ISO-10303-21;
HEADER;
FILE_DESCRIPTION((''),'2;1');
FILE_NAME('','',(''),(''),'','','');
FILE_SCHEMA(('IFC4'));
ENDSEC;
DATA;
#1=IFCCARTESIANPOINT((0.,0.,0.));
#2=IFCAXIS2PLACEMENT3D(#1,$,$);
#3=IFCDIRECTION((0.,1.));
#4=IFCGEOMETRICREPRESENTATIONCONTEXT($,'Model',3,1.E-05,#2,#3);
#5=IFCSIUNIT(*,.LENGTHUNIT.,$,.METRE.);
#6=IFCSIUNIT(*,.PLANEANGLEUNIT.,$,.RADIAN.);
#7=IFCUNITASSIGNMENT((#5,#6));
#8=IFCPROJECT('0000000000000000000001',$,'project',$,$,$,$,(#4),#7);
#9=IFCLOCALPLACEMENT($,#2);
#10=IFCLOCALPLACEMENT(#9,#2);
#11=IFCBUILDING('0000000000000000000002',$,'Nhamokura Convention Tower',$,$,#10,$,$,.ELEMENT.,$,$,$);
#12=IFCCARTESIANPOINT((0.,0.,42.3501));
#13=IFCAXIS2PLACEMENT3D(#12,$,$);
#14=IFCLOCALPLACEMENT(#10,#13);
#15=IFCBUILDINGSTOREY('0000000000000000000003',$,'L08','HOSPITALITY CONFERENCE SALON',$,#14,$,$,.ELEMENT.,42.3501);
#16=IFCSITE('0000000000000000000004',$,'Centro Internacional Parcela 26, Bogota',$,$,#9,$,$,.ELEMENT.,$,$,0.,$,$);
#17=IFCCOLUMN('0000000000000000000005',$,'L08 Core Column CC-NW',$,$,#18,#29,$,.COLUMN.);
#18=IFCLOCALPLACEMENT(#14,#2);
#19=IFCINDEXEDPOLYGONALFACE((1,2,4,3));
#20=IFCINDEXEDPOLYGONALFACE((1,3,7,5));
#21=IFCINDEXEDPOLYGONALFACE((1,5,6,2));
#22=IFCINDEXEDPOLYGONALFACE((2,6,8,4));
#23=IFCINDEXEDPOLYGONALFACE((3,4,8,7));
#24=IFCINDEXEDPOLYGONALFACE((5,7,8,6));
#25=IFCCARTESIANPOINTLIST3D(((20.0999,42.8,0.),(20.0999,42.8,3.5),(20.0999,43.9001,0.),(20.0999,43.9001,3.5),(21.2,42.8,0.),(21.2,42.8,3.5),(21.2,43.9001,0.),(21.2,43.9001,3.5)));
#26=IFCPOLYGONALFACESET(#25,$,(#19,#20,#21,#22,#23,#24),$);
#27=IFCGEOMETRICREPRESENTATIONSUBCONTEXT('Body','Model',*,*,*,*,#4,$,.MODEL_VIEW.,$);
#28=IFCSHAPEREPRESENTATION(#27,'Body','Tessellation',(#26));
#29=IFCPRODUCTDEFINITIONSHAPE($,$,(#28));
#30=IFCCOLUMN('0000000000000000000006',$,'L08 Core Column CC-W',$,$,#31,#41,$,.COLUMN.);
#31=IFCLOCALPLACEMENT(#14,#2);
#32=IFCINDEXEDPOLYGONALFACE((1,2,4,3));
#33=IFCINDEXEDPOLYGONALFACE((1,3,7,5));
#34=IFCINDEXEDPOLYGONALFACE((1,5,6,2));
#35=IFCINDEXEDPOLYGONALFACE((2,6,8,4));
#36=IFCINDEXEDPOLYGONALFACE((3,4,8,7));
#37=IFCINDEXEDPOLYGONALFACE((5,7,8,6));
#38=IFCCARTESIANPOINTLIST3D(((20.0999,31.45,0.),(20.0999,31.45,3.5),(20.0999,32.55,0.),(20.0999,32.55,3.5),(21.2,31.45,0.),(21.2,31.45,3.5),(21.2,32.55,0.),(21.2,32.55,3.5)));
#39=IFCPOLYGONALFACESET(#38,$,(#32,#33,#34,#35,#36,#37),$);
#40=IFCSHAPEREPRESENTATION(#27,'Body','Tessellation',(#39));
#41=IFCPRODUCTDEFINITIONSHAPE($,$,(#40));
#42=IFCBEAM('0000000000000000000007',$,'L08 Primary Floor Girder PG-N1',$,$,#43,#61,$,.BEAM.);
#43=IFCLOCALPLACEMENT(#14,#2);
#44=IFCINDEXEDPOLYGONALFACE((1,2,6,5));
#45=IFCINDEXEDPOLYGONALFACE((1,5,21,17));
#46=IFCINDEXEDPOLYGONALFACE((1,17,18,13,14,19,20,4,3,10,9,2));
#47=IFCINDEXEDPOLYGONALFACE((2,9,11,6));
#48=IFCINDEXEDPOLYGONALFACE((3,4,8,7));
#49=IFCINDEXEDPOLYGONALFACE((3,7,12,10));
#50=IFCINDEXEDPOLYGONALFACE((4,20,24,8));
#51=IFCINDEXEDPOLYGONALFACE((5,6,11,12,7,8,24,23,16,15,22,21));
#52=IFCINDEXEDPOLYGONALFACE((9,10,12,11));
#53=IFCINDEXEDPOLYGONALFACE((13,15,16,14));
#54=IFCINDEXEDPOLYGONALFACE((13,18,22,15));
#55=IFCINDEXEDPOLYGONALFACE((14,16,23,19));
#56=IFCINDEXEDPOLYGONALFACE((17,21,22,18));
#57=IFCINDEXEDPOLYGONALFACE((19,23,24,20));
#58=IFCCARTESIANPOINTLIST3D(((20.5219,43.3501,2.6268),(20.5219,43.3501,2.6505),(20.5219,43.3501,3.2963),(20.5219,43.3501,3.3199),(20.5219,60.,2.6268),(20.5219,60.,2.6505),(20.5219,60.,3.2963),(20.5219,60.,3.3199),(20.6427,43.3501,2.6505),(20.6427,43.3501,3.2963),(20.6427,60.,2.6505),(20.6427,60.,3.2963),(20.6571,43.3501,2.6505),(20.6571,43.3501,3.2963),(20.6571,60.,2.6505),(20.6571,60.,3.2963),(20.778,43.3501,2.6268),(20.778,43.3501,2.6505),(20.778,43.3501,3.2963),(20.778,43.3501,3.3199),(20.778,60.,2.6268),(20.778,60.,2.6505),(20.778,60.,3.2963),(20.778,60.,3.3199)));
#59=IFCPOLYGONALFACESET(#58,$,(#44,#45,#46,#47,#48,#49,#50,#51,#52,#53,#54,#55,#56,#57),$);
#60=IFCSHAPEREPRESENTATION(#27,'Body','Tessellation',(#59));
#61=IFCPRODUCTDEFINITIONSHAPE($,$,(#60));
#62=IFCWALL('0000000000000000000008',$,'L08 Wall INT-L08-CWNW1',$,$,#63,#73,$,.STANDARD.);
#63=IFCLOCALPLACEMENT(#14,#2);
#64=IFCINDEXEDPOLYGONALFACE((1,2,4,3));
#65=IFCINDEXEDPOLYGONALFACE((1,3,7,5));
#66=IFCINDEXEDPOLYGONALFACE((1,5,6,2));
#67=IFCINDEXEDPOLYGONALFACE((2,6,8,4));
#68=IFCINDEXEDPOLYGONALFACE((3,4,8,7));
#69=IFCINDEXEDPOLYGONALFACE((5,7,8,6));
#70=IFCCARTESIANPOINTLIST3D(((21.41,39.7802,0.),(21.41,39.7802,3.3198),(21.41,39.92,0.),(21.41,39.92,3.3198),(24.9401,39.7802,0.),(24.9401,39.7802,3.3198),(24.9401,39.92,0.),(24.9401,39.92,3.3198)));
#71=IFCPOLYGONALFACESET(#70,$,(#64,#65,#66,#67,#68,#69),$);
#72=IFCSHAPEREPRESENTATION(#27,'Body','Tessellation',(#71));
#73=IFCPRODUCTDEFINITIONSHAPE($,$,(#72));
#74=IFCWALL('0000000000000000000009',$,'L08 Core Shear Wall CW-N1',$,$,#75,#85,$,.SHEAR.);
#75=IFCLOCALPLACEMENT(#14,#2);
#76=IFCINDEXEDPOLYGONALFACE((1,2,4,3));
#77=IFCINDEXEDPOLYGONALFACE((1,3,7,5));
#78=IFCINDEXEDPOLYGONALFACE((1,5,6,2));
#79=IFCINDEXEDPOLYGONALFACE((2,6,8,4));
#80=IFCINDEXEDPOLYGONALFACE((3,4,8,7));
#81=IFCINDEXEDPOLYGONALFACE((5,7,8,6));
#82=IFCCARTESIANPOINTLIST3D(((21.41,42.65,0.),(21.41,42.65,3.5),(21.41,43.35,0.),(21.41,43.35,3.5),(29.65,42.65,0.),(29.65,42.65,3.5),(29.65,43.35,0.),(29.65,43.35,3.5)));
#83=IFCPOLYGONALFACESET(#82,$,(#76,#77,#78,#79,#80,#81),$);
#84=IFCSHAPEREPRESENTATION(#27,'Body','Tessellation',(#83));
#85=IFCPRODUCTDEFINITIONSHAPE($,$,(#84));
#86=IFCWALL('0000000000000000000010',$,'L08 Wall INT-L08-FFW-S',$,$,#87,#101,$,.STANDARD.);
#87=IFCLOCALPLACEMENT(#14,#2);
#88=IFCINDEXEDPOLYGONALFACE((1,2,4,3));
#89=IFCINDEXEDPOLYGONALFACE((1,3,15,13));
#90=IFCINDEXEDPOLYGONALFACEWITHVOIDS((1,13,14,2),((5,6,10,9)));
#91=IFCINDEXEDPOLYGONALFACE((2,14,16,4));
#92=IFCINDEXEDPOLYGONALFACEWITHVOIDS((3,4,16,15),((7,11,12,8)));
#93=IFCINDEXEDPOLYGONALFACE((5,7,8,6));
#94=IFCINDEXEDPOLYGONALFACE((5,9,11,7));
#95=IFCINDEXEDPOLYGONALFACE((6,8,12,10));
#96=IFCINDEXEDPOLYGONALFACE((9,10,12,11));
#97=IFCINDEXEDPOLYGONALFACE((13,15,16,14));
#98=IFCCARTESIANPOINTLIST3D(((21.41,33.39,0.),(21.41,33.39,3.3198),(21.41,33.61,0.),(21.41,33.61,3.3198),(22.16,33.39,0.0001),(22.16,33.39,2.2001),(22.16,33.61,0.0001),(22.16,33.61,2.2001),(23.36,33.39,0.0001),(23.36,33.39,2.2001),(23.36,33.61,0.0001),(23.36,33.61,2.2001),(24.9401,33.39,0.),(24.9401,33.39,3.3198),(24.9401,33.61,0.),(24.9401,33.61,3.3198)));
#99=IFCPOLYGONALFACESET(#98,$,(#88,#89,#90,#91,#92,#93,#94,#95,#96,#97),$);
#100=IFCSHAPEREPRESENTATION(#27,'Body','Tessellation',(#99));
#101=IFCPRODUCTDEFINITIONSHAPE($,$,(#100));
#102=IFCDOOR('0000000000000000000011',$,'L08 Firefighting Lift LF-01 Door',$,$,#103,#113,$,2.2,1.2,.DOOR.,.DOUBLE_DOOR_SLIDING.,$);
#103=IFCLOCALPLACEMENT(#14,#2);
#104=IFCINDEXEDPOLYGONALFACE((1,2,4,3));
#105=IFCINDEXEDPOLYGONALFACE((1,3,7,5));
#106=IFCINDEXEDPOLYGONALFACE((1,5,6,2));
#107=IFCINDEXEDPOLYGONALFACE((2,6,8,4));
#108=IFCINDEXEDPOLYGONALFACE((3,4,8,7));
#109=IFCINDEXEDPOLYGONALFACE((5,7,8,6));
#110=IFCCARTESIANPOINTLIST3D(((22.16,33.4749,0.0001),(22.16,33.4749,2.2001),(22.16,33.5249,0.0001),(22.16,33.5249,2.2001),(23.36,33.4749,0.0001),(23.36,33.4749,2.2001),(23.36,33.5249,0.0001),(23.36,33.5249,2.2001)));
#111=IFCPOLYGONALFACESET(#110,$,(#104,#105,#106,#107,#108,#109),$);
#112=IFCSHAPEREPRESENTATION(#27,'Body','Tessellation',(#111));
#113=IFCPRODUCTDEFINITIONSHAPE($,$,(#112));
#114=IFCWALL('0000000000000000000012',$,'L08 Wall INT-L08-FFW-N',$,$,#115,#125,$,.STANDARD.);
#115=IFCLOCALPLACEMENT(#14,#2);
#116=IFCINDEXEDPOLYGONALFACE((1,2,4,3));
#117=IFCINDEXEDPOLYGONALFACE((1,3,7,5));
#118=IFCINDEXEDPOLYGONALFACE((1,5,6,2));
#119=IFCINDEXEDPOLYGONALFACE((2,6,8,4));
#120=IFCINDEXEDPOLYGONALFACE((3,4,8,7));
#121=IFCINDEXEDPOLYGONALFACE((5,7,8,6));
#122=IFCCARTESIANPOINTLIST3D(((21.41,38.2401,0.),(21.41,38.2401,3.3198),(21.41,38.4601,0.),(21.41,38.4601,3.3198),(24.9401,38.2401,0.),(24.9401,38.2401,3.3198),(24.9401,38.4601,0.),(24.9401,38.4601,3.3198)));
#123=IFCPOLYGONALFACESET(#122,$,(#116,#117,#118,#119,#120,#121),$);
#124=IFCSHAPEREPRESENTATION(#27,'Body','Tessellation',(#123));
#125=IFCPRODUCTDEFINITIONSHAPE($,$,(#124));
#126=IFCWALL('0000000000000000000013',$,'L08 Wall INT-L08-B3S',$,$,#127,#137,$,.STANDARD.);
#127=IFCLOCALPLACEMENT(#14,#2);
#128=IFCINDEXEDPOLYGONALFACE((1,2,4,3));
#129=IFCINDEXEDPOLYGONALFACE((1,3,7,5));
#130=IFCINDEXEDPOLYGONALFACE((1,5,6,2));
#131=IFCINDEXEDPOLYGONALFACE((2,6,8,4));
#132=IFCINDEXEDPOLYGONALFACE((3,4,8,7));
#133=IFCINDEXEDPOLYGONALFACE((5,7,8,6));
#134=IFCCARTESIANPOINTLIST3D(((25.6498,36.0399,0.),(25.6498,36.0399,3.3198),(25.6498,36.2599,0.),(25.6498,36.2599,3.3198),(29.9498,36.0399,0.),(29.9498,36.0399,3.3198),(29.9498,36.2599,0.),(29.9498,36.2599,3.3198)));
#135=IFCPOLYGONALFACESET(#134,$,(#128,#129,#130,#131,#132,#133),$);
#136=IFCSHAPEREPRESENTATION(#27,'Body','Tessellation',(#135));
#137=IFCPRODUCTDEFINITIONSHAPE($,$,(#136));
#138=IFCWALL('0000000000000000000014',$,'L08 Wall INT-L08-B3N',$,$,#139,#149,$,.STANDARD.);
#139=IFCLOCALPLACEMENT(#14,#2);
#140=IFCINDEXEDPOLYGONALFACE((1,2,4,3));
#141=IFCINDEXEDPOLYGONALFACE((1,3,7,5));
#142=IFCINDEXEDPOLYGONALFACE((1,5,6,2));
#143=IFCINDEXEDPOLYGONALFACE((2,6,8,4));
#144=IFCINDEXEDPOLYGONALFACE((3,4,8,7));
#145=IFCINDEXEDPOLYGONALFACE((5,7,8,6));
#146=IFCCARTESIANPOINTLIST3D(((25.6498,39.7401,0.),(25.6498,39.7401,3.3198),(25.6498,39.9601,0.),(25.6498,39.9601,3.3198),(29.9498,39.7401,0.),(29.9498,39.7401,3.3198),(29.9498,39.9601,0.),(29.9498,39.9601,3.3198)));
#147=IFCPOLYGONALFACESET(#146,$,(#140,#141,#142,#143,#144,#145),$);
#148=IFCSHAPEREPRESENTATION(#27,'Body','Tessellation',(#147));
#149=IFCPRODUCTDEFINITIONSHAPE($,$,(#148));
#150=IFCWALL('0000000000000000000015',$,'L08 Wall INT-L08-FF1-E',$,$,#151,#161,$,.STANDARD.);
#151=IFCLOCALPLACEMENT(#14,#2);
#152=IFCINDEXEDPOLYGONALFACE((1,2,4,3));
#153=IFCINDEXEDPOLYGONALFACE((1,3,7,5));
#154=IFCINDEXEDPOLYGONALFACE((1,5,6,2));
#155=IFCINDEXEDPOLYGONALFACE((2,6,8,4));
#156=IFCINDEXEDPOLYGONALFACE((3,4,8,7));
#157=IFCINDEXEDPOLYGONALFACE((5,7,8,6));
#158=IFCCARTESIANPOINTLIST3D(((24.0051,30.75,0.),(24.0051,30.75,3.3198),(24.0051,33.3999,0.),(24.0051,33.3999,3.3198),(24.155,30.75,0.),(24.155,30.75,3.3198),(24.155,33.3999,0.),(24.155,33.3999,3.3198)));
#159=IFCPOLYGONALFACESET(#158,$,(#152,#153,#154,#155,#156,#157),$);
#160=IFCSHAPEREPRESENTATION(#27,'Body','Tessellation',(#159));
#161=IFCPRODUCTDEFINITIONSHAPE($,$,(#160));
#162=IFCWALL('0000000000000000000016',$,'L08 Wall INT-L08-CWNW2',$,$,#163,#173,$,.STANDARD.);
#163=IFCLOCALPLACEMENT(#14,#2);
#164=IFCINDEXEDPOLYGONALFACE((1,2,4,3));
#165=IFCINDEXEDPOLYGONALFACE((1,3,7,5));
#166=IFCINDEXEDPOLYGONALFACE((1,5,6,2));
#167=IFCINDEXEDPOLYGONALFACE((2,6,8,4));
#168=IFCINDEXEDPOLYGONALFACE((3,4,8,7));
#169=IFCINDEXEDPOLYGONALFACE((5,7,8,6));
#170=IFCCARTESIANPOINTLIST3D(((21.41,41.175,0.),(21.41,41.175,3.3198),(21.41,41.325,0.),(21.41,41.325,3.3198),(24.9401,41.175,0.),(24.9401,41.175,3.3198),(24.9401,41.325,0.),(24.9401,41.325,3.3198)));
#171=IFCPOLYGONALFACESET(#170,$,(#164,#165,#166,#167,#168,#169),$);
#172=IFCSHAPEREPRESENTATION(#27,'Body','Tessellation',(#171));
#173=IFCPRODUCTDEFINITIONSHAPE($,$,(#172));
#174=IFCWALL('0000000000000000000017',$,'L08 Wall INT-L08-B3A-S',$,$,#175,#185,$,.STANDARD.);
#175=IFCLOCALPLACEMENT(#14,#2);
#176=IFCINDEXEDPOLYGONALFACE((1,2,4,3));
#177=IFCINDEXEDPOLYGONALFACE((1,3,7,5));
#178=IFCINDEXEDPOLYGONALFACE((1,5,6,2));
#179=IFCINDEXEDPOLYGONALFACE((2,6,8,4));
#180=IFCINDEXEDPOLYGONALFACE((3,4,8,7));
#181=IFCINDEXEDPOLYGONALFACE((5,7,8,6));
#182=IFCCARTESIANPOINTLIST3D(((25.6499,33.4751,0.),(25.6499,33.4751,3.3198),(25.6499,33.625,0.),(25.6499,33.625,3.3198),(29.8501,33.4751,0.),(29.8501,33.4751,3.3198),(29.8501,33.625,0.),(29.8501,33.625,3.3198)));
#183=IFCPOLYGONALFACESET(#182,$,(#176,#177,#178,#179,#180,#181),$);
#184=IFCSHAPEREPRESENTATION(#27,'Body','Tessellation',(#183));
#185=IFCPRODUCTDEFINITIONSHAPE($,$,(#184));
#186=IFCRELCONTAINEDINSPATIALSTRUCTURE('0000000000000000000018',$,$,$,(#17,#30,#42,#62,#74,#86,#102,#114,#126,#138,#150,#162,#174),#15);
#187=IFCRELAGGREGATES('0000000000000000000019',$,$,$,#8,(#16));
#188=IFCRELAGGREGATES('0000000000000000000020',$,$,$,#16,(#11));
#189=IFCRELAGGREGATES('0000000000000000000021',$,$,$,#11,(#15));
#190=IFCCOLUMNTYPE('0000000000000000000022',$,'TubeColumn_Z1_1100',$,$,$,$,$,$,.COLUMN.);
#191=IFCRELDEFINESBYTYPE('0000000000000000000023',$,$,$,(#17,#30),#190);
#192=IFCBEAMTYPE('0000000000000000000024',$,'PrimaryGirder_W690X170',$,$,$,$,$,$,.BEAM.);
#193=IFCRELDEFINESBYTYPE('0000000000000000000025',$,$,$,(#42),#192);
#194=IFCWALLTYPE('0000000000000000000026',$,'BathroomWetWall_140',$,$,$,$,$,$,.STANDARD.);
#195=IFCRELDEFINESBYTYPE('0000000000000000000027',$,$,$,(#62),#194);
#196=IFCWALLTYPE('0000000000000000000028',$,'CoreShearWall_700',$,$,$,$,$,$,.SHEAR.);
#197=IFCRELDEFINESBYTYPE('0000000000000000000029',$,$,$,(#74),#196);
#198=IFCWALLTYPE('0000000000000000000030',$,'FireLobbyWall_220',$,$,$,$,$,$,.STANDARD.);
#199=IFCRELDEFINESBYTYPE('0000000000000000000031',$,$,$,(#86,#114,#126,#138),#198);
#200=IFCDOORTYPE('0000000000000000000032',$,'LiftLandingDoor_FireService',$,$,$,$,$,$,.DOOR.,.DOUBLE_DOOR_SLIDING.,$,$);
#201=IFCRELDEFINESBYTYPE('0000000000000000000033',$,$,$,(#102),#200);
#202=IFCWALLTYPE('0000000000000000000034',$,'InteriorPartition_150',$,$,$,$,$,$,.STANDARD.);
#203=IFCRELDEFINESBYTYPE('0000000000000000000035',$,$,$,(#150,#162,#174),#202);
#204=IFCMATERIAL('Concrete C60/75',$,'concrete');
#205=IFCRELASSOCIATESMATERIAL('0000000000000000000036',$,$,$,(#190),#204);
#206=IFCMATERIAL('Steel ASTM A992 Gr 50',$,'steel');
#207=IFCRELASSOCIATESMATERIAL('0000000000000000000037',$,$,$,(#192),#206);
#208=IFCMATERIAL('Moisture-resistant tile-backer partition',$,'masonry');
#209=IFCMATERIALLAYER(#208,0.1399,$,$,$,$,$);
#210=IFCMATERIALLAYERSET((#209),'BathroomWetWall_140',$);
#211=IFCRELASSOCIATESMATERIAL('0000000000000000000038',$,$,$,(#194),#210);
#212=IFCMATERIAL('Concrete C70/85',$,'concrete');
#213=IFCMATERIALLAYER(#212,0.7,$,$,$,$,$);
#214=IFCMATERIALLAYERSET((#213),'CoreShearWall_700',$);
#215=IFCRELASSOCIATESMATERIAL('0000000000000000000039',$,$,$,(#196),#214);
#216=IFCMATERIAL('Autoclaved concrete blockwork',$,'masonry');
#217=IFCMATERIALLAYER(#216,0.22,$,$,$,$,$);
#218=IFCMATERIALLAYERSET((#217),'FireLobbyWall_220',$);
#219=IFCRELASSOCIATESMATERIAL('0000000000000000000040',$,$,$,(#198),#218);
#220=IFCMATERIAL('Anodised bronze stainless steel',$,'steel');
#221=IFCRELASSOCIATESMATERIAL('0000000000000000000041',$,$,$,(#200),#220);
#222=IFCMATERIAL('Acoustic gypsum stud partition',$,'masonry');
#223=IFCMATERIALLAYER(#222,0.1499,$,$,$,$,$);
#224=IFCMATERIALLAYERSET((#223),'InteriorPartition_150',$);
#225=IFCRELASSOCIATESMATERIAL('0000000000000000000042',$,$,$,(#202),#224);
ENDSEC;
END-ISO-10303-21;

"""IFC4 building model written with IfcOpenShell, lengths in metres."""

from ifc_helpers import new_model, si_unit, direction, frame, frame_2d, origin, origin_2d, place, context, subcontext, project, spatial, rectangle, i_section, extrude, material, layer, layer_set, material_profile, profile_set, type_object, element, fill, save


model = new_model("IFC4")

# Units and contexts
model_context = context("Model", 3, precision=1e-05, world=origin(), true_north=direction((0.0, 1.0)))
body_context = subcontext(model_context, "Body", "Model", "MODEL_VIEW")
ifc_project = project(units=[si_unit("LENGTHUNIT", "METRE"), si_unit("PLANEANGLEUNIT", "RADIAN")], contexts=[model_context])

# Site, building, storey
site_placement = place(None, origin())
site = spatial("IfcSite", under=ifc_project, at=site_placement, Name="Centro Internacional Parcela 26, Bogota", CompositionType="ELEMENT", RefElevation=0.0)
building_placement = place(site_placement, origin())
building = spatial("IfcBuilding", under=site, at=building_placement, Name="Nhamokura Convention Tower", CompositionType="ELEMENT")
storey_placement = place(building_placement, frame((0.0, 0.0, 42.3501)))
storey = spatial("IfcBuildingStorey", under=building, at=storey_placement, Name="L08", Description="HOSPITALITY CONFERENCE SALON", CompositionType="ELEMENT", Elevation=42.3501)

# Columns
ifc_material_1 = material(Name="Concrete C60/75", Category="concrete")
ifc_material_profile_1 = material_profile(ifc_material_1, rectangle(XDim=1.1001, YDim=1.1001, at=origin_2d()))
ifc_profile_set_1 = profile_set([ifc_material_profile_1], Name="Concrete C60/75")
column_type = type_object("IfcColumnType", Name="TubeColumn_Z1_1100", PredefinedType="COLUMN", material=ifc_profile_set_1)
for number, where, z_axis, x_axis, name in (
    (1, (20.6499, 43.3501, 0.0), (0.0, 0.0, 1.0), (1.0, 0.0, 0.0), "L08 Core Column CC-NW"),
    (2, (20.6499, 32.0, 0.0), (0.0, 0.0, 1.0), (1.0, 0.0, 0.0), "L08 Core Column CC-W"),
):
    element("IfcColumn", number, at=place(storey_placement, frame(where, z_axis=z_axis, x_axis=x_axis)), inside=storey, type_object=column_type, Name=name, PredefinedType="COLUMN", context=body_context, shape_type="SweptSolid", body=[
        extrude(rectangle(XDim=1.1001, YDim=1.1001, at=origin_2d()), origin(), (0.0, 0.0, 1.0), 3.5),
    ])

# Beam
ifc_material_2 = material(Name="Steel ASTM A992 Gr 50", Category="steel")
ifc_material_profile_2 = material_profile(ifc_material_2, i_section(OverallWidth=0.2561, OverallDepth=0.6931, WebThickness=0.0144, FlangeThickness=0.0237, at=origin_2d()))
ifc_profile_set_2 = profile_set([ifc_material_profile_2], Name="Steel ASTM A992 Gr 50")
beam_type = type_object("IfcBeamType", Name="PrimaryGirder_W690X170", PredefinedType="BEAM", material=ifc_profile_set_2)
beam_placement = place(storey_placement, frame((20.6499, 43.3501, 2.9734), z_axis=(0.0, 1.0, 0.0), x_axis=(-1.0, 0.0, 0.0)))
element("IfcBeam", 3, at=beam_placement, inside=storey, type_object=beam_type, Name="L08 Primary Floor Girder PG-N1", PredefinedType="BEAM", context=body_context, shape_type="SweptSolid", body=[
    extrude(i_section(OverallWidth=0.2561, OverallDepth=0.6931, WebThickness=0.0144, FlangeThickness=0.0237, at=origin_2d()), origin(), (0.0, 0.0, 1.0), 16.6499),
])

# Walls
ifc_material_3 = material(Name="Moisture-resistant tile-backer partition", Category="masonry")
ifc_layer_1 = layer(ifc_material_3, 0.1399)
ifc_layer_set_1 = layer_set([ifc_layer_1], Name="BathroomWetWall_140")
wall_type_1 = type_object("IfcWallType", Name="BathroomWetWall_140", PredefinedType="STANDARD", material=ifc_layer_set_1)
wall_1_placement = place(storey_placement, frame((21.4099, 39.8501, 0.0), z_axis=(0.0, 0.0, 1.0), x_axis=(1.0, 0.0, 0.0)))
element("IfcWall", 4, at=wall_1_placement, inside=storey, type_object=wall_type_1, Name="L08 Wall INT-L08-CWNW1", PredefinedType="STANDARD", context=body_context, shape_type="SweptSolid", body=[
    extrude(rectangle(XDim=3.53, YDim=0.1399, at=frame_2d((1.7651, 0.0))), origin(), (0.0, 0.0, 1.0), 3.3198),
])
ifc_material_4 = material(Name="Concrete C70/85", Category="concrete")
ifc_layer_2 = layer(ifc_material_4, 0.7)
ifc_layer_set_2 = layer_set([ifc_layer_2], Name="CoreShearWall_700")
wall_type_2 = type_object("IfcWallType", Name="CoreShearWall_700", PredefinedType="SHEAR", material=ifc_layer_set_2)
wall_2_placement = place(storey_placement, frame((21.4099, 43.0, 0.0), z_axis=(0.0, 0.0, 1.0), x_axis=(1.0, 0.0, 0.0)))
element("IfcWall", 5, at=wall_2_placement, inside=storey, type_object=wall_type_2, Name="L08 Core Shear Wall CW-N1", PredefinedType="SHEAR", context=body_context, shape_type="SweptSolid", body=[
    extrude(rectangle(XDim=8.24, YDim=0.7, at=frame_2d((4.1201, 0.0))), origin(), (0.0, 0.0, 1.0), 3.5),
])

# Wall, opening, door
ifc_material_5 = material(Name="Autoclaved concrete blockwork", Category="masonry")
ifc_layer_3 = layer(ifc_material_5, 0.22)
ifc_layer_set_3 = layer_set([ifc_layer_3], Name="FireLobbyWall_220")
wall_type_3 = type_object("IfcWallType", Name="FireLobbyWall_220", PredefinedType="STANDARD", material=ifc_layer_set_3)
wall_3_placement = place(storey_placement, frame((21.4099, 33.5, 0.0), z_axis=(0.0, 0.0, 1.0), x_axis=(1.0, 0.0, 0.0)))
wall_3 = element("IfcWall", 6, at=wall_3_placement, inside=storey, type_object=wall_type_3, Name="L08 Wall INT-L08-FFW-S", PredefinedType="STANDARD", context=body_context, shape_type="SweptSolid", body=[
    extrude(rectangle(XDim=3.53, YDim=0.22, at=frame_2d((1.7651, 0.0))), origin(), (0.0, 0.0, 1.0), 3.3198),
])
opening_1_placement = place(wall_3_placement, frame((0.75, 0.0, 0.0)))
opening_1 = element("IfcOpeningElement", 7, at=opening_1_placement, cuts=wall_3, PredefinedType="OPENING", context=body_context, shape_type="SweptSolid", body=[
    extrude(rectangle(XDim=1.2, YDim=2.2, at=frame_2d((0.6001, 1.1001))), frame((0.0, 0.1199, 0.0), z_axis=(0.0, -1.0, 0.0), x_axis=(1.0, 0.0, 0.0)), (0.0, 0.0, 1.0), 0.24),
])
ifc_material_6 = material(Name="Anodised bronze stainless steel", Category="steel")
door_type_1 = type_object("IfcDoorType", Name="LiftLandingDoor_FireService", OperationType="DOUBLE_DOOR_SLIDING", PredefinedType="DOOR", material=ifc_material_6)
door_1_placement = place(opening_1_placement, origin())
door_1 = element("IfcDoor", 8, at=door_1_placement, inside=storey, type_object=door_type_1, Name="L08 Firefighting Lift LF-01 Door", OperationType="DOUBLE_DOOR_SLIDING", OverallHeight=2.2, OverallWidth=1.2, PredefinedType="DOOR", context=body_context, shape_type="SweptSolid", body=[
    extrude(rectangle(XDim=1.2, YDim=2.2, at=frame_2d((0.6001, 1.1001))), frame((0.0, 0.0249, 0.0), z_axis=(0.0, -1.0, 0.0), x_axis=(1.0, 0.0, 0.0)), (0.0, 0.0, 1.0), 0.05),
])
fill(opening_1, door_1)

# Walls
wall_4_placement = place(storey_placement, frame((21.4099, 38.3501, 0.0), z_axis=(0.0, 0.0, 1.0), x_axis=(1.0, 0.0, 0.0)))
element("IfcWall", 9, at=wall_4_placement, inside=storey, type_object=wall_type_3, Name="L08 Wall INT-L08-FFW-N", PredefinedType="STANDARD", context=body_context, shape_type="SweptSolid", body=[
    extrude(rectangle(XDim=3.53, YDim=0.22, at=frame_2d((1.7651, 0.0))), origin(), (0.0, 0.0, 1.0), 3.3198),
])
for number, where, z_axis, x_axis, name in (
    (10, (25.6499, 36.1499, 0.0), (0.0, 0.0, 1.0), (1.0, 0.0, 0.0), "L08 Wall INT-L08-B3S"),
    (11, (25.6499, 39.8501, 0.0), (0.0, 0.0, 1.0), (1.0, 0.0, 0.0), "L08 Wall INT-L08-B3N"),
):
    element("IfcWall", number, at=place(storey_placement, frame(where, z_axis=z_axis, x_axis=x_axis)), inside=storey, type_object=wall_type_3, Name=name, PredefinedType="STANDARD", context=body_context, shape_type="SweptSolid", body=[
        extrude(rectangle(XDim=4.3, YDim=0.22, at=frame_2d((2.1499, 0.0))), origin(), (0.0, 0.0, 1.0), 3.3198),
    ])
ifc_material_7 = material(Name="Acoustic gypsum stud partition", Category="masonry")
ifc_layer_4 = layer(ifc_material_7, 0.1499)
ifc_layer_set_4 = layer_set([ifc_layer_4], Name="InteriorPartition_150")
wall_type_4 = type_object("IfcWallType", Name="InteriorPartition_150", PredefinedType="STANDARD", material=ifc_layer_set_4)
wall_5_placement = place(storey_placement, frame((24.0801, 30.75, 0.0), z_axis=(0.0, 0.0, 1.0), x_axis=(0.0, 1.0, 0.0)))
element("IfcWall", 12, at=wall_5_placement, inside=storey, type_object=wall_type_4, Name="L08 Wall INT-L08-FF1-E", PredefinedType="STANDARD", context=body_context, shape_type="SweptSolid", body=[
    extrude(rectangle(XDim=2.6499, YDim=0.1499, at=frame_2d((1.325, 0.0))), origin(), (0.0, 0.0, 1.0), 3.3198),
])
wall_6_placement = place(storey_placement, frame((21.4099, 41.25, 0.0), z_axis=(0.0, 0.0, 1.0), x_axis=(1.0, 0.0, 0.0)))
element("IfcWall", 13, at=wall_6_placement, inside=storey, type_object=wall_type_4, Name="L08 Wall INT-L08-CWNW2", PredefinedType="STANDARD", context=body_context, shape_type="SweptSolid", body=[
    extrude(rectangle(XDim=3.53, YDim=0.1499, at=frame_2d((1.7651, 0.0))), origin(), (0.0, 0.0, 1.0), 3.3198),
])
for number, where, z_axis, x_axis, name in (
    (14, (25.6499, 33.55, 0.0), (0.0, 0.0, 1.0), (1.0, 0.0, 0.0), "L08 Wall INT-L08-B3A-S"),
):
    element("IfcWall", number, at=place(storey_placement, frame(where, z_axis=z_axis, x_axis=x_axis)), inside=storey, type_object=wall_type_4, Name=name, PredefinedType="STANDARD", context=body_context, shape_type="SweptSolid", body=[
        extrude(rectangle(XDim=4.2002, YDim=0.1499, at=frame_2d((2.1001, 0.0))), origin(), (0.0, 0.0, 1.0), 3.3198),
    ])

save(model, "model.ifc")
